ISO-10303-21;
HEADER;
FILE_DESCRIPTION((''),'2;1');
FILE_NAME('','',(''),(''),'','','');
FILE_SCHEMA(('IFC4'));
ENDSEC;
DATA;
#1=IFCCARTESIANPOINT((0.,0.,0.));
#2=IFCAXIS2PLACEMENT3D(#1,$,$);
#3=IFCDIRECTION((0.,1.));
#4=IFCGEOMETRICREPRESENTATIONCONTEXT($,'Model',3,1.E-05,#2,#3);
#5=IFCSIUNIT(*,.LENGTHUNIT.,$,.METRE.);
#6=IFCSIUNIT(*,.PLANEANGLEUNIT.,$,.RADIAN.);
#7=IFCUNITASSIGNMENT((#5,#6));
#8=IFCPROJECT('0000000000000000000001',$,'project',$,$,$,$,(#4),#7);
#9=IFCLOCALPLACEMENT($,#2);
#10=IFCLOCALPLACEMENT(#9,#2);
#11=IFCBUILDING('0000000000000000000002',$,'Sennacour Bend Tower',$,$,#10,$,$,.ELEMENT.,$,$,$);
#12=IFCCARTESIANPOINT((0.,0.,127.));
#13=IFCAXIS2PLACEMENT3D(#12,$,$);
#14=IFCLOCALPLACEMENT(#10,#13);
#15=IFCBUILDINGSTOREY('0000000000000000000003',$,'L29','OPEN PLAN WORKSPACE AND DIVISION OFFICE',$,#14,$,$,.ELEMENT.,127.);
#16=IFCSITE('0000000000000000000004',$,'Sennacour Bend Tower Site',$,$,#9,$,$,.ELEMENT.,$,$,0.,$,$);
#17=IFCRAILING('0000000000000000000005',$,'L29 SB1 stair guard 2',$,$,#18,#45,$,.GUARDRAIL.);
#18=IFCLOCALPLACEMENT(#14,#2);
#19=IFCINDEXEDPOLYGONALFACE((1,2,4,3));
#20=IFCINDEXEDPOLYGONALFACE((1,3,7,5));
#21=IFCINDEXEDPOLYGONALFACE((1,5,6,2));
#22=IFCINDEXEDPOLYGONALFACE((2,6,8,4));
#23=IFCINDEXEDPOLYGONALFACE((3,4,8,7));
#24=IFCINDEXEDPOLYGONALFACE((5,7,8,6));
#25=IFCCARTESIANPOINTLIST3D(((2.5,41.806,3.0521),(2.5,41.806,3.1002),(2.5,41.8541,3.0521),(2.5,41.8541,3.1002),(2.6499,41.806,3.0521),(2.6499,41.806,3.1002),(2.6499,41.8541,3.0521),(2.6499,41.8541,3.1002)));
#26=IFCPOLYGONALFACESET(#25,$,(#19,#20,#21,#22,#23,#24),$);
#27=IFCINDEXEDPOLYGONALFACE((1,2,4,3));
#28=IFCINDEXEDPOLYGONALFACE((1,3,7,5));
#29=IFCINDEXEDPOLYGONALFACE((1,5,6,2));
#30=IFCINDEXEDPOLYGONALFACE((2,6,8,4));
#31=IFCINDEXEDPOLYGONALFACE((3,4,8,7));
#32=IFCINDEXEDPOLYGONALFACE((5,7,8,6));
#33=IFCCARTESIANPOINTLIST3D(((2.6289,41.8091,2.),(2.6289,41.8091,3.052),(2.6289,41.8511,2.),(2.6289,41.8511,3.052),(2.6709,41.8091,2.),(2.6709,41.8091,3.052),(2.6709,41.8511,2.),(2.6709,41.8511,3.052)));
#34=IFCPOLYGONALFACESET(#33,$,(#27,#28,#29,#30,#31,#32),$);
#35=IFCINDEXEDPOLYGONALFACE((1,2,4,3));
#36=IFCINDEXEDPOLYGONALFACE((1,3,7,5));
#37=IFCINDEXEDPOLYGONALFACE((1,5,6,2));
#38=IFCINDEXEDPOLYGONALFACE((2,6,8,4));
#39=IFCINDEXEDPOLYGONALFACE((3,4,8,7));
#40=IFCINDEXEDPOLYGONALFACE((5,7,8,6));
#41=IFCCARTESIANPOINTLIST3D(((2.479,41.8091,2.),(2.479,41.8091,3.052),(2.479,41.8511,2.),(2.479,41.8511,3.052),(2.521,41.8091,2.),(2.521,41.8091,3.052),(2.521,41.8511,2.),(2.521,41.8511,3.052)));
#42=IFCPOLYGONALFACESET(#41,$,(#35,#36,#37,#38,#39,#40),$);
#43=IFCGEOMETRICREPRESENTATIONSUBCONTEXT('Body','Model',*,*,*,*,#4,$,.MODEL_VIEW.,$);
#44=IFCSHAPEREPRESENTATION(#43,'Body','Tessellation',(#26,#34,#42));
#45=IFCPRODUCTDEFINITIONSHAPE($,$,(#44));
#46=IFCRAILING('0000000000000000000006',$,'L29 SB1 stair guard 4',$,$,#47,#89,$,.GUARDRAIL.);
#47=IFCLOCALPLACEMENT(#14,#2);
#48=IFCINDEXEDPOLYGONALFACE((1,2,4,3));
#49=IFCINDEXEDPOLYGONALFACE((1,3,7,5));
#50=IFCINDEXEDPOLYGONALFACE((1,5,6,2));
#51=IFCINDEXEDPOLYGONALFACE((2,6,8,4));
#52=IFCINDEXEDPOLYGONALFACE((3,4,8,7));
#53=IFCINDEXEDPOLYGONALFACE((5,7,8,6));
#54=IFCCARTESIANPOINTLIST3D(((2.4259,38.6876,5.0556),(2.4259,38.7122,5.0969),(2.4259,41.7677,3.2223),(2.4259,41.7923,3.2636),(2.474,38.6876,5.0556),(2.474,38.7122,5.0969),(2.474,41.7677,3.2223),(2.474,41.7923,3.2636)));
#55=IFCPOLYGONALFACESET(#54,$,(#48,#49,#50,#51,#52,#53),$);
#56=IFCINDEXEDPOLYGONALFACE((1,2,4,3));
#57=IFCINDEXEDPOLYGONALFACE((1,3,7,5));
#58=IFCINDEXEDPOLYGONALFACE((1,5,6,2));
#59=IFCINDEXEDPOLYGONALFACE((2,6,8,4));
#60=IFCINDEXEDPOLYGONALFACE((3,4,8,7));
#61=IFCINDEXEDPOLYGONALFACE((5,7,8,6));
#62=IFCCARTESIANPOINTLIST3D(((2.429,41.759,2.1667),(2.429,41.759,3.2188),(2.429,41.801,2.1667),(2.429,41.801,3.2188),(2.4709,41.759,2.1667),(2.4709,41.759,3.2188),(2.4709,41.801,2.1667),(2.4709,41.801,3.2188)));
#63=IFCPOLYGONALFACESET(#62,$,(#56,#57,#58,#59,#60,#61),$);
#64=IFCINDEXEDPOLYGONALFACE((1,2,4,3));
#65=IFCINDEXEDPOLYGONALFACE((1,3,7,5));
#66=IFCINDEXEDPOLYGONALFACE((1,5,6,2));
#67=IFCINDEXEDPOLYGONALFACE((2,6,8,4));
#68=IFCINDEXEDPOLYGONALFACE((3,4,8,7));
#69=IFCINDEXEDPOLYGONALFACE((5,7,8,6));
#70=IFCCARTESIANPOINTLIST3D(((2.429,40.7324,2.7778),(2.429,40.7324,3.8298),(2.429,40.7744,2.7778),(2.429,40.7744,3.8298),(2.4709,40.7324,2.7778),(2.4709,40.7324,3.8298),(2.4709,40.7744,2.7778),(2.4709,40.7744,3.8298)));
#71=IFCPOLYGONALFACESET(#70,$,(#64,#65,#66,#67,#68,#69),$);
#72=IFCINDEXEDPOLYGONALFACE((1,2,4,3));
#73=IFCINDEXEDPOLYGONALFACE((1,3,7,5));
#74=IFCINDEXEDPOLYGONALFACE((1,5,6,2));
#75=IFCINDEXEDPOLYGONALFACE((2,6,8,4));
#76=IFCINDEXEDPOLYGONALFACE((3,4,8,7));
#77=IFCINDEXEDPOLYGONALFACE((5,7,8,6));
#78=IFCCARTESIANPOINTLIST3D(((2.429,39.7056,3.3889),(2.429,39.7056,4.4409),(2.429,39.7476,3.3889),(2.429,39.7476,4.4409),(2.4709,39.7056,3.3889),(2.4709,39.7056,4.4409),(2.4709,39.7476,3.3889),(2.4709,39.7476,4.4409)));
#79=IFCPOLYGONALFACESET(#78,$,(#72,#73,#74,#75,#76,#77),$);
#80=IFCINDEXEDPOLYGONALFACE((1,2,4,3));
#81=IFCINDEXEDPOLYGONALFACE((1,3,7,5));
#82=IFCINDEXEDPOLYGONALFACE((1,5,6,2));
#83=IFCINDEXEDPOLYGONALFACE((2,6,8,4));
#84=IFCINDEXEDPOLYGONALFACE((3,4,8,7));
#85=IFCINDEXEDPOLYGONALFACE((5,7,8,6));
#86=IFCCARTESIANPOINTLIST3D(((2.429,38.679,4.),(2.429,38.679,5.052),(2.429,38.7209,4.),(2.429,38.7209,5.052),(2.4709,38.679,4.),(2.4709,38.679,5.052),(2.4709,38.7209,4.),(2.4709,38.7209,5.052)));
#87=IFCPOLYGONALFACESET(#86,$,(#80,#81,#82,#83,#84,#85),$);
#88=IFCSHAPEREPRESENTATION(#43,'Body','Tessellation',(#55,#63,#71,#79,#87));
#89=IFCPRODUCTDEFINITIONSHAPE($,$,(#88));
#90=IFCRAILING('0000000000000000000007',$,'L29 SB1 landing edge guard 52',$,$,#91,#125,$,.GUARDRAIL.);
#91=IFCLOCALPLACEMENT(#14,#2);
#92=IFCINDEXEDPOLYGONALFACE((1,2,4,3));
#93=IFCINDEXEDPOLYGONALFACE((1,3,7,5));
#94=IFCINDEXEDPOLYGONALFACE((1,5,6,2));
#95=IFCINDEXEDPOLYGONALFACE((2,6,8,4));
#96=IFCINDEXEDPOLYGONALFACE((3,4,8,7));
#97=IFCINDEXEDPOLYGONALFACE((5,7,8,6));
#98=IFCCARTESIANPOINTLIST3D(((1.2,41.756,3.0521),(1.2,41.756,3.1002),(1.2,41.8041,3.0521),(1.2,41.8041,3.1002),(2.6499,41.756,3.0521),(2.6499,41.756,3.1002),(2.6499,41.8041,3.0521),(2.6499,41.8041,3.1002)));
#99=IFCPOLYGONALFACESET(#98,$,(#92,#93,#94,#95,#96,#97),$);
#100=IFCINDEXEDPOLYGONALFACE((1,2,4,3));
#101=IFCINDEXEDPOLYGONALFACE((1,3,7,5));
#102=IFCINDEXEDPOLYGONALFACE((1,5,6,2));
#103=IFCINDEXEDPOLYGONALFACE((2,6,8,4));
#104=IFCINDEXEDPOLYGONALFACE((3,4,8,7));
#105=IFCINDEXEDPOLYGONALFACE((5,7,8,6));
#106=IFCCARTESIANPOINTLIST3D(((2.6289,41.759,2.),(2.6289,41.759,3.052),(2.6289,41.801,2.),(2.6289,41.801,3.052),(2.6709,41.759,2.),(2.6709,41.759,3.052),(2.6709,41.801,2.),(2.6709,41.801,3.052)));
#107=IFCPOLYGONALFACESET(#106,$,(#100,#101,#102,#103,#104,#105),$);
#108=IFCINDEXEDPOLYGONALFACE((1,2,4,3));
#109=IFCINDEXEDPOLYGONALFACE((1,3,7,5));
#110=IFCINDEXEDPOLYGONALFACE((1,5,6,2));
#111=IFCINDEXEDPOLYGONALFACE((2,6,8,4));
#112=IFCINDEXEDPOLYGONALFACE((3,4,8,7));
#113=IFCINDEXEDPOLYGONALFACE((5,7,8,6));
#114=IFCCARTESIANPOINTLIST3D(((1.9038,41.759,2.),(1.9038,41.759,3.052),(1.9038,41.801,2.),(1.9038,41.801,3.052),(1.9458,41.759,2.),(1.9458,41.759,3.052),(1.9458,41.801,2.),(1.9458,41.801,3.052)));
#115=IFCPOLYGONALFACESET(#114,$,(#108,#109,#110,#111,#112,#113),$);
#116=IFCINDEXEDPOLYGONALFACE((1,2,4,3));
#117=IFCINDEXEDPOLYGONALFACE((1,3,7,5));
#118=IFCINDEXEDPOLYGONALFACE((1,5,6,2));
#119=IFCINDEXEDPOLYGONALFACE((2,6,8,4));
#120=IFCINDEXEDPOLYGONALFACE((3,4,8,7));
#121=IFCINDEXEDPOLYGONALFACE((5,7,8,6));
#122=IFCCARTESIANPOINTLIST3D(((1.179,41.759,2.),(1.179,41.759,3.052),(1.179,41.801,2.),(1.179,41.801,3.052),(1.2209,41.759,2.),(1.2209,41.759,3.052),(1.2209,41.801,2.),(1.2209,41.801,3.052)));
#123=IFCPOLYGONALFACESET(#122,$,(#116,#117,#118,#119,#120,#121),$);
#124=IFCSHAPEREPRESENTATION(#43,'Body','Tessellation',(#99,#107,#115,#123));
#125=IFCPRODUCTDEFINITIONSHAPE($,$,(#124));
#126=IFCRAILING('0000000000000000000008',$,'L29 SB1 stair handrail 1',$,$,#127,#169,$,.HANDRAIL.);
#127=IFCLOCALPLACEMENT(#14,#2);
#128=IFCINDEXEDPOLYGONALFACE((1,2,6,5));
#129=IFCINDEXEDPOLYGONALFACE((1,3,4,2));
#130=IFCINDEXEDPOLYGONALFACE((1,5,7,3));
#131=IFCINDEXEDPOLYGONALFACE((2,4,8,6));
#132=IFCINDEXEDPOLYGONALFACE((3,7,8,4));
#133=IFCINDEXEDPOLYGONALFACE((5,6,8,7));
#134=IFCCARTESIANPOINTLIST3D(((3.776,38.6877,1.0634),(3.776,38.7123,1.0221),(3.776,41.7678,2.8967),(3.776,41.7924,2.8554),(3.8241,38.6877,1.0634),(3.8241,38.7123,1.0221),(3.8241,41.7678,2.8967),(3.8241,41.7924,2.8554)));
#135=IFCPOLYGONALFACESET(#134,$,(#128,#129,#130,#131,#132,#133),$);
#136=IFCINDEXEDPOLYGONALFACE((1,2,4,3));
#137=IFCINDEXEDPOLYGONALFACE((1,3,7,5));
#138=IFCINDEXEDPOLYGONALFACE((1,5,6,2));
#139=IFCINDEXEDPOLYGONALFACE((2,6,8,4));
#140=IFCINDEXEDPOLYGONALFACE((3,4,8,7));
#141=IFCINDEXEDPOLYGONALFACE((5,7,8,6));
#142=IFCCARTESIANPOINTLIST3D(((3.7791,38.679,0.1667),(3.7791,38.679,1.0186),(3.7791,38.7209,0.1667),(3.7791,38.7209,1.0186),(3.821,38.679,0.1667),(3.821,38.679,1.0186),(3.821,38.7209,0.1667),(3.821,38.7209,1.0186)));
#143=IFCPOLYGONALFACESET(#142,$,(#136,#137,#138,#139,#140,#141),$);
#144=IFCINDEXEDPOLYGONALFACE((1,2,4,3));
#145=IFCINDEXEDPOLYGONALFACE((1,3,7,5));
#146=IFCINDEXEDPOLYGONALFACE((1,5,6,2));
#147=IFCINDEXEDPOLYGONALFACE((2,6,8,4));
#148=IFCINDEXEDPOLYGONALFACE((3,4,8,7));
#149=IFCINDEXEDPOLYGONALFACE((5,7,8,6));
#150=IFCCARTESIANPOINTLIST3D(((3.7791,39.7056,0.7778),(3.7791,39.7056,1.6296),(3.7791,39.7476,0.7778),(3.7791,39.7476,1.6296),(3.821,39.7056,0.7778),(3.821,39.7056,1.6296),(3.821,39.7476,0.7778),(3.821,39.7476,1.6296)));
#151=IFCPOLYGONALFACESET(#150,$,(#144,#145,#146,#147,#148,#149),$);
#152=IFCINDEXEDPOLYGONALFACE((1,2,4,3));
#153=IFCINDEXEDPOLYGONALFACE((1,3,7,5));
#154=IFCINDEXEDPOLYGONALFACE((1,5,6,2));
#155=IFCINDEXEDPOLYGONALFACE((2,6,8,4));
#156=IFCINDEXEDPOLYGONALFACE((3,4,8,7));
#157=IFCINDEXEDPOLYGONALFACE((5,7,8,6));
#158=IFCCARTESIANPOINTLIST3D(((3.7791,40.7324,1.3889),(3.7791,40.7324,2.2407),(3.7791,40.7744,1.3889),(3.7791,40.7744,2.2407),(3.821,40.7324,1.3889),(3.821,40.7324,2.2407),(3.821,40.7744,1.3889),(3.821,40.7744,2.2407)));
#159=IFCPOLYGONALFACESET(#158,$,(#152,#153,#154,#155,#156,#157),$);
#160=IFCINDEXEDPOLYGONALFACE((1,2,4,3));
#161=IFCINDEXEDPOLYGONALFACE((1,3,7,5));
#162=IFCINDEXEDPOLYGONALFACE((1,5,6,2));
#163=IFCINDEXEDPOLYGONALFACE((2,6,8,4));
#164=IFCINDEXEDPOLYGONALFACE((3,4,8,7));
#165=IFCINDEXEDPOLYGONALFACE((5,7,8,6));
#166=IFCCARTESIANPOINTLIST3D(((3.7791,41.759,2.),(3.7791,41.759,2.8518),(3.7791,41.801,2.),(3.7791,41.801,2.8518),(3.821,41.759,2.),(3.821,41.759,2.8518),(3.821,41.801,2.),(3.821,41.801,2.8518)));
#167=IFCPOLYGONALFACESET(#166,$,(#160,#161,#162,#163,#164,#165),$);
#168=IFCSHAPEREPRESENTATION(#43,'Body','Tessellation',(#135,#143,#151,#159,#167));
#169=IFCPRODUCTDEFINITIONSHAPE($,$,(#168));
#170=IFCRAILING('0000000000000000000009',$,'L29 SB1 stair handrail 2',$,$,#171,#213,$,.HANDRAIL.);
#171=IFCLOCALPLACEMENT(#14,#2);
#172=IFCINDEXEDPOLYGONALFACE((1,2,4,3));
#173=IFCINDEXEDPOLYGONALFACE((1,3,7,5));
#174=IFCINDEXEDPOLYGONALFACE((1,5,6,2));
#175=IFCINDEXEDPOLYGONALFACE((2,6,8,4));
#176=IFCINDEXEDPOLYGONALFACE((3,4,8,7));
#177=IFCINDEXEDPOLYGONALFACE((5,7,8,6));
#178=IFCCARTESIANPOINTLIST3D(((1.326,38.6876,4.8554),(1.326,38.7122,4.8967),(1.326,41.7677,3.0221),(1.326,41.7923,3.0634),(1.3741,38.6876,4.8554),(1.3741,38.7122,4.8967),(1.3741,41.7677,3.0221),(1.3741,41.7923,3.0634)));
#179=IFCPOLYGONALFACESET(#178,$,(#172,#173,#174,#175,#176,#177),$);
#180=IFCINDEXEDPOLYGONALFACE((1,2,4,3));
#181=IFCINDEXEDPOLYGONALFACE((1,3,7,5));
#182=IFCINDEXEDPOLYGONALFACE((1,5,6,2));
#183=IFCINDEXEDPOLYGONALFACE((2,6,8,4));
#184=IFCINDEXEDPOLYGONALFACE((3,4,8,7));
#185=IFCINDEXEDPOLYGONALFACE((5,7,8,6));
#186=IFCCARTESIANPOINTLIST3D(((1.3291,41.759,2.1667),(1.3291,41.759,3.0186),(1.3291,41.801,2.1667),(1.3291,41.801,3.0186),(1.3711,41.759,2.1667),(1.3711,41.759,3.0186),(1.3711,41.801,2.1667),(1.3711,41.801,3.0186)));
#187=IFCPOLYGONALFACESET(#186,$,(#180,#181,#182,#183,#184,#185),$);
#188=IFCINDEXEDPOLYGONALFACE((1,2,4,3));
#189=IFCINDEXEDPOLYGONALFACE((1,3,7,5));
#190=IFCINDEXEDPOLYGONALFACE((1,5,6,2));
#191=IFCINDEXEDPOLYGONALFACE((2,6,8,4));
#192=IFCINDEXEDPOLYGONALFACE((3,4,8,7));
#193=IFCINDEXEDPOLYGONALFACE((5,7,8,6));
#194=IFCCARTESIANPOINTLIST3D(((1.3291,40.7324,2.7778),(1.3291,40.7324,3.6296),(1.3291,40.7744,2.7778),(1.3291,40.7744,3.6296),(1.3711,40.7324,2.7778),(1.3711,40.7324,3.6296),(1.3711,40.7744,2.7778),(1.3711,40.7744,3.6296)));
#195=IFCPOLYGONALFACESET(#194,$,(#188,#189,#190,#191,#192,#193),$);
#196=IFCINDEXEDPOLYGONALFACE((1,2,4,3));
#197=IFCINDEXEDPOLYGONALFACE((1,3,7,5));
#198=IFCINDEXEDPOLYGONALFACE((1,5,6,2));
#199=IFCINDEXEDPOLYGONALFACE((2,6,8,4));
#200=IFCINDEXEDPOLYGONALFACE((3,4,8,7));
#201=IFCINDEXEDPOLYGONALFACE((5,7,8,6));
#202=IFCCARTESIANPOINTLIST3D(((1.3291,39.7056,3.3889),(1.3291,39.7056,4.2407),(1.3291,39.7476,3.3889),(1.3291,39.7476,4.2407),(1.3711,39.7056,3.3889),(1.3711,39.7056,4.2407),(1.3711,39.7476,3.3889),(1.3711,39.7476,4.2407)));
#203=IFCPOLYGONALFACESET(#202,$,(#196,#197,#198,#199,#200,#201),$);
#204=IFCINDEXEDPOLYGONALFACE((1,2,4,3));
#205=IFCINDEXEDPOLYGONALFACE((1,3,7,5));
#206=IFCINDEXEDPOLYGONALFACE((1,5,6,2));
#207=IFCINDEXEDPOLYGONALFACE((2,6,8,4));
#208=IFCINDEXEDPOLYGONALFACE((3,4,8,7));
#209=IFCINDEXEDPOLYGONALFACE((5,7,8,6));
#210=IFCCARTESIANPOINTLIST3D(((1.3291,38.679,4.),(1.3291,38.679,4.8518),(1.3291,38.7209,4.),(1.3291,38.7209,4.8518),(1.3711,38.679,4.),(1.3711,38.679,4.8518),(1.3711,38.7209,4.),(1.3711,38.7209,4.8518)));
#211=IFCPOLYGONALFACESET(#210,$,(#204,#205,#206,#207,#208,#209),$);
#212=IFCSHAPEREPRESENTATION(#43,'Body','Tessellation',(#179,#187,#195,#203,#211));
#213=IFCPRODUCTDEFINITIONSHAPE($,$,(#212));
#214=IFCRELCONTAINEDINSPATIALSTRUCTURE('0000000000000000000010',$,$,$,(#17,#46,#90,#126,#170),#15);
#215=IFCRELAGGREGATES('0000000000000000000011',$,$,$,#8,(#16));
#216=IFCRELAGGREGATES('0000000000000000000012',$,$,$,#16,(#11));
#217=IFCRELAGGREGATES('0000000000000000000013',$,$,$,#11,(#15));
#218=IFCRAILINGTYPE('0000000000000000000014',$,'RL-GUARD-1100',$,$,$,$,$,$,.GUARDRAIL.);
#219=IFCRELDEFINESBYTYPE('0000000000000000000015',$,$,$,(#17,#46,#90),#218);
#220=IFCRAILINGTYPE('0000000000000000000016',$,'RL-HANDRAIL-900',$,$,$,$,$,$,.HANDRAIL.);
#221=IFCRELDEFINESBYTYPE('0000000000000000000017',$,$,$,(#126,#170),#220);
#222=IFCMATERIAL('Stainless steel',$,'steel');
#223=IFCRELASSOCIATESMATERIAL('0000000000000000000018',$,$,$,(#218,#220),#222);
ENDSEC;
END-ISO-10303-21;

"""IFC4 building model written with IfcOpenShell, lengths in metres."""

from ifc_helpers import new_model, si_unit, direction, frame, origin, origin_2d, place, context, subcontext, project, spatial, rectangle, extrude, material, type_object, element, save


model = new_model("IFC4")

# Units and contexts
model_context = context("Model", 3, precision=1e-05, world=origin(), true_north=direction((0.0, 1.0)))
body_context = subcontext(model_context, "Body", "Model", "MODEL_VIEW")
ifc_project = project(units=[si_unit("LENGTHUNIT", "METRE"), si_unit("PLANEANGLEUNIT", "RADIAN")], contexts=[model_context])

# Site, building, storey
site_placement = place(None, origin())
site = spatial("IfcSite", under=ifc_project, at=site_placement, Name="Sennacour Bend Tower Site", CompositionType="ELEMENT", RefElevation=0.0)
building_placement = place(site_placement, origin())
building = spatial("IfcBuilding", under=site, at=building_placement, Name="Sennacour Bend Tower", CompositionType="ELEMENT")
storey_placement = place(building_placement, frame((0.0, 0.0, 127.0)))
storey = spatial("IfcBuildingStorey", under=building, at=storey_placement, Name="L29", Description="OPEN PLAN WORKSPACE AND DIVISION OFFICE", CompositionType="ELEMENT", Elevation=127.0)

# Railings
ifc_material_1 = material(Name="Stainless steel", Category="steel")
railing_type_1 = type_object("IfcRailingType", Name="RL-GUARD-1100", PredefinedType="GUARDRAIL", material=ifc_material_1)
railing_1_placement = place(storey_placement, frame((2.6499, 41.8301, 2.0)))
element("IfcRailing", 1, at=railing_1_placement, inside=storey, type_object=railing_type_1, Name="L29 SB1 stair guard 2", PredefinedType="GUARDRAIL", context=body_context, shape_type="SweptSolid", body=[
    extrude(rectangle(XDim=0.0481, YDim=0.0481, at=origin_2d()), frame((0.0, 0.0, 1.0762), z_axis=(-1.0, 0.0, 0.0), x_axis=(0.0, -1.0, 0.0)), (0.0, 0.0, 1.0), 0.1499),
    extrude(rectangle(XDim=0.042, YDim=0.042, at=origin_2d()), origin(), (0.0, 0.0, 1.0), 1.052),
    extrude(rectangle(XDim=0.042, YDim=0.042, at=origin_2d()), frame((-0.1499, 0.0, 0.0)), (0.0, 0.0, 1.0), 1.052),
])
railing_2_placement = place(storey_placement, frame((2.45, 41.78, 2.1667)))
element("IfcRailing", 2, at=railing_2_placement, inside=storey, type_object=railing_type_1, Name="L29 SB1 stair guard 4", PredefinedType="GUARDRAIL", context=body_context, shape_type="SweptSolid", body=[
    extrude(rectangle(XDim=0.0481, YDim=0.0481, at=origin_2d()), frame((0.0, 0.0, 1.0762), z_axis=(0.0, -0.859309, 0.511458), x_axis=(1.0, 0.0, 0.0)), (0.0, 0.0, 1.0), 3.5845),
    extrude(rectangle(XDim=0.042, YDim=0.042, at=origin_2d()), origin(), (0.0, 0.0, 1.0), 1.052),
    extrude(rectangle(XDim=0.042, YDim=0.042, at=origin_2d()), frame((0.0, -1.0266, 0.6111)), (0.0, 0.0, 1.0), 1.052),
    extrude(rectangle(XDim=0.042, YDim=0.042, at=origin_2d()), frame((0.0, -2.0535, 1.2222)), (0.0, 0.0, 1.0), 1.052),
    extrude(rectangle(XDim=0.042, YDim=0.042, at=origin_2d()), frame((0.0, -3.0801, 1.8333)), (0.0, 0.0, 1.0), 1.052),
])
railing_3_placement = place(storey_placement, frame((2.6499, 41.78, 2.0)))
element("IfcRailing", 3, at=railing_3_placement, inside=storey, type_object=railing_type_1, Name="L29 SB1 landing edge guard 52", PredefinedType="GUARDRAIL", context=body_context, shape_type="SweptSolid", body=[
    extrude(rectangle(XDim=0.0481, YDim=0.0481, at=origin_2d()), frame((0.0, 0.0, 1.0762), z_axis=(-1.0, 0.0, 0.0), x_axis=(0.0, -1.0, 0.0)), (0.0, 0.0, 1.0), 1.45),
    extrude(rectangle(XDim=0.042, YDim=0.042, at=origin_2d()), origin(), (0.0, 0.0, 1.0), 1.052),
    extrude(rectangle(XDim=0.042, YDim=0.042, at=origin_2d()), frame((-0.7251, 0.0, 0.0)), (0.0, 0.0, 1.0), 1.052),
    extrude(rectangle(XDim=0.042, YDim=0.042, at=origin_2d()), frame((-1.45, 0.0, 0.0)), (0.0, 0.0, 1.0), 1.052),
])
railing_type_2 = type_object("IfcRailingType", Name="RL-HANDRAIL-900", PredefinedType="HANDRAIL", material=ifc_material_1)
railing_4_placement = place(storey_placement, frame((3.8, 38.7, 0.1667)))
element("IfcRailing", 4, at=railing_4_placement, inside=storey, type_object=railing_type_2, Name="L29 SB1 stair handrail 1", PredefinedType="HANDRAIL", context=body_context, shape_type="SweptSolid", body=[
    extrude(rectangle(XDim=0.0481, YDim=0.0481, at=origin_2d()), frame((0.0, 0.0, 0.876), z_axis=(0.0, 0.859309, 0.511458), x_axis=(-1.0, 0.0, 0.0)), (0.0, 0.0, 1.0), 3.5845),
    extrude(rectangle(XDim=0.042, YDim=0.042, at=origin_2d()), origin(), (0.0, 0.0, 1.0), 0.8518),
    extrude(rectangle(XDim=0.042, YDim=0.042, at=origin_2d()), frame((0.0, 1.0266, 0.6111)), (0.0, 0.0, 1.0), 0.8518),
    extrude(rectangle(XDim=0.042, YDim=0.042, at=origin_2d()), frame((0.0, 2.0535, 1.2222)), (0.0, 0.0, 1.0), 0.8518),
    extrude(rectangle(XDim=0.042, YDim=0.042, at=origin_2d()), frame((0.0, 3.0801, 1.8333)), (0.0, 0.0, 1.0), 0.8518),
])
railing_5_placement = place(storey_placement, frame((1.3501, 41.78, 2.1667)))
element("IfcRailing", 5, at=railing_5_placement, inside=storey, type_object=railing_type_2, Name="L29 SB1 stair handrail 2", PredefinedType="HANDRAIL", context=body_context, shape_type="SweptSolid", body=[
    extrude(rectangle(XDim=0.0481, YDim=0.0481, at=origin_2d()), frame((0.0, 0.0, 0.876), z_axis=(0.0, -0.859309, 0.511458), x_axis=(1.0, 0.0, 0.0)), (0.0, 0.0, 1.0), 3.5845),
    extrude(rectangle(XDim=0.042, YDim=0.042, at=origin_2d()), origin(), (0.0, 0.0, 1.0), 0.8518),
    extrude(rectangle(XDim=0.042, YDim=0.042, at=origin_2d()), frame((0.0, -1.0266, 0.6111)), (0.0, 0.0, 1.0), 0.8518),
    extrude(rectangle(XDim=0.042, YDim=0.042, at=origin_2d()), frame((0.0, -2.0535, 1.2222)), (0.0, 0.0, 1.0), 0.8518),
    extrude(rectangle(XDim=0.042, YDim=0.042, at=origin_2d()), frame((0.0, -3.0801, 1.8333)), (0.0, 0.0, 1.0), 0.8518),
])

save(model, "model.ifc")
